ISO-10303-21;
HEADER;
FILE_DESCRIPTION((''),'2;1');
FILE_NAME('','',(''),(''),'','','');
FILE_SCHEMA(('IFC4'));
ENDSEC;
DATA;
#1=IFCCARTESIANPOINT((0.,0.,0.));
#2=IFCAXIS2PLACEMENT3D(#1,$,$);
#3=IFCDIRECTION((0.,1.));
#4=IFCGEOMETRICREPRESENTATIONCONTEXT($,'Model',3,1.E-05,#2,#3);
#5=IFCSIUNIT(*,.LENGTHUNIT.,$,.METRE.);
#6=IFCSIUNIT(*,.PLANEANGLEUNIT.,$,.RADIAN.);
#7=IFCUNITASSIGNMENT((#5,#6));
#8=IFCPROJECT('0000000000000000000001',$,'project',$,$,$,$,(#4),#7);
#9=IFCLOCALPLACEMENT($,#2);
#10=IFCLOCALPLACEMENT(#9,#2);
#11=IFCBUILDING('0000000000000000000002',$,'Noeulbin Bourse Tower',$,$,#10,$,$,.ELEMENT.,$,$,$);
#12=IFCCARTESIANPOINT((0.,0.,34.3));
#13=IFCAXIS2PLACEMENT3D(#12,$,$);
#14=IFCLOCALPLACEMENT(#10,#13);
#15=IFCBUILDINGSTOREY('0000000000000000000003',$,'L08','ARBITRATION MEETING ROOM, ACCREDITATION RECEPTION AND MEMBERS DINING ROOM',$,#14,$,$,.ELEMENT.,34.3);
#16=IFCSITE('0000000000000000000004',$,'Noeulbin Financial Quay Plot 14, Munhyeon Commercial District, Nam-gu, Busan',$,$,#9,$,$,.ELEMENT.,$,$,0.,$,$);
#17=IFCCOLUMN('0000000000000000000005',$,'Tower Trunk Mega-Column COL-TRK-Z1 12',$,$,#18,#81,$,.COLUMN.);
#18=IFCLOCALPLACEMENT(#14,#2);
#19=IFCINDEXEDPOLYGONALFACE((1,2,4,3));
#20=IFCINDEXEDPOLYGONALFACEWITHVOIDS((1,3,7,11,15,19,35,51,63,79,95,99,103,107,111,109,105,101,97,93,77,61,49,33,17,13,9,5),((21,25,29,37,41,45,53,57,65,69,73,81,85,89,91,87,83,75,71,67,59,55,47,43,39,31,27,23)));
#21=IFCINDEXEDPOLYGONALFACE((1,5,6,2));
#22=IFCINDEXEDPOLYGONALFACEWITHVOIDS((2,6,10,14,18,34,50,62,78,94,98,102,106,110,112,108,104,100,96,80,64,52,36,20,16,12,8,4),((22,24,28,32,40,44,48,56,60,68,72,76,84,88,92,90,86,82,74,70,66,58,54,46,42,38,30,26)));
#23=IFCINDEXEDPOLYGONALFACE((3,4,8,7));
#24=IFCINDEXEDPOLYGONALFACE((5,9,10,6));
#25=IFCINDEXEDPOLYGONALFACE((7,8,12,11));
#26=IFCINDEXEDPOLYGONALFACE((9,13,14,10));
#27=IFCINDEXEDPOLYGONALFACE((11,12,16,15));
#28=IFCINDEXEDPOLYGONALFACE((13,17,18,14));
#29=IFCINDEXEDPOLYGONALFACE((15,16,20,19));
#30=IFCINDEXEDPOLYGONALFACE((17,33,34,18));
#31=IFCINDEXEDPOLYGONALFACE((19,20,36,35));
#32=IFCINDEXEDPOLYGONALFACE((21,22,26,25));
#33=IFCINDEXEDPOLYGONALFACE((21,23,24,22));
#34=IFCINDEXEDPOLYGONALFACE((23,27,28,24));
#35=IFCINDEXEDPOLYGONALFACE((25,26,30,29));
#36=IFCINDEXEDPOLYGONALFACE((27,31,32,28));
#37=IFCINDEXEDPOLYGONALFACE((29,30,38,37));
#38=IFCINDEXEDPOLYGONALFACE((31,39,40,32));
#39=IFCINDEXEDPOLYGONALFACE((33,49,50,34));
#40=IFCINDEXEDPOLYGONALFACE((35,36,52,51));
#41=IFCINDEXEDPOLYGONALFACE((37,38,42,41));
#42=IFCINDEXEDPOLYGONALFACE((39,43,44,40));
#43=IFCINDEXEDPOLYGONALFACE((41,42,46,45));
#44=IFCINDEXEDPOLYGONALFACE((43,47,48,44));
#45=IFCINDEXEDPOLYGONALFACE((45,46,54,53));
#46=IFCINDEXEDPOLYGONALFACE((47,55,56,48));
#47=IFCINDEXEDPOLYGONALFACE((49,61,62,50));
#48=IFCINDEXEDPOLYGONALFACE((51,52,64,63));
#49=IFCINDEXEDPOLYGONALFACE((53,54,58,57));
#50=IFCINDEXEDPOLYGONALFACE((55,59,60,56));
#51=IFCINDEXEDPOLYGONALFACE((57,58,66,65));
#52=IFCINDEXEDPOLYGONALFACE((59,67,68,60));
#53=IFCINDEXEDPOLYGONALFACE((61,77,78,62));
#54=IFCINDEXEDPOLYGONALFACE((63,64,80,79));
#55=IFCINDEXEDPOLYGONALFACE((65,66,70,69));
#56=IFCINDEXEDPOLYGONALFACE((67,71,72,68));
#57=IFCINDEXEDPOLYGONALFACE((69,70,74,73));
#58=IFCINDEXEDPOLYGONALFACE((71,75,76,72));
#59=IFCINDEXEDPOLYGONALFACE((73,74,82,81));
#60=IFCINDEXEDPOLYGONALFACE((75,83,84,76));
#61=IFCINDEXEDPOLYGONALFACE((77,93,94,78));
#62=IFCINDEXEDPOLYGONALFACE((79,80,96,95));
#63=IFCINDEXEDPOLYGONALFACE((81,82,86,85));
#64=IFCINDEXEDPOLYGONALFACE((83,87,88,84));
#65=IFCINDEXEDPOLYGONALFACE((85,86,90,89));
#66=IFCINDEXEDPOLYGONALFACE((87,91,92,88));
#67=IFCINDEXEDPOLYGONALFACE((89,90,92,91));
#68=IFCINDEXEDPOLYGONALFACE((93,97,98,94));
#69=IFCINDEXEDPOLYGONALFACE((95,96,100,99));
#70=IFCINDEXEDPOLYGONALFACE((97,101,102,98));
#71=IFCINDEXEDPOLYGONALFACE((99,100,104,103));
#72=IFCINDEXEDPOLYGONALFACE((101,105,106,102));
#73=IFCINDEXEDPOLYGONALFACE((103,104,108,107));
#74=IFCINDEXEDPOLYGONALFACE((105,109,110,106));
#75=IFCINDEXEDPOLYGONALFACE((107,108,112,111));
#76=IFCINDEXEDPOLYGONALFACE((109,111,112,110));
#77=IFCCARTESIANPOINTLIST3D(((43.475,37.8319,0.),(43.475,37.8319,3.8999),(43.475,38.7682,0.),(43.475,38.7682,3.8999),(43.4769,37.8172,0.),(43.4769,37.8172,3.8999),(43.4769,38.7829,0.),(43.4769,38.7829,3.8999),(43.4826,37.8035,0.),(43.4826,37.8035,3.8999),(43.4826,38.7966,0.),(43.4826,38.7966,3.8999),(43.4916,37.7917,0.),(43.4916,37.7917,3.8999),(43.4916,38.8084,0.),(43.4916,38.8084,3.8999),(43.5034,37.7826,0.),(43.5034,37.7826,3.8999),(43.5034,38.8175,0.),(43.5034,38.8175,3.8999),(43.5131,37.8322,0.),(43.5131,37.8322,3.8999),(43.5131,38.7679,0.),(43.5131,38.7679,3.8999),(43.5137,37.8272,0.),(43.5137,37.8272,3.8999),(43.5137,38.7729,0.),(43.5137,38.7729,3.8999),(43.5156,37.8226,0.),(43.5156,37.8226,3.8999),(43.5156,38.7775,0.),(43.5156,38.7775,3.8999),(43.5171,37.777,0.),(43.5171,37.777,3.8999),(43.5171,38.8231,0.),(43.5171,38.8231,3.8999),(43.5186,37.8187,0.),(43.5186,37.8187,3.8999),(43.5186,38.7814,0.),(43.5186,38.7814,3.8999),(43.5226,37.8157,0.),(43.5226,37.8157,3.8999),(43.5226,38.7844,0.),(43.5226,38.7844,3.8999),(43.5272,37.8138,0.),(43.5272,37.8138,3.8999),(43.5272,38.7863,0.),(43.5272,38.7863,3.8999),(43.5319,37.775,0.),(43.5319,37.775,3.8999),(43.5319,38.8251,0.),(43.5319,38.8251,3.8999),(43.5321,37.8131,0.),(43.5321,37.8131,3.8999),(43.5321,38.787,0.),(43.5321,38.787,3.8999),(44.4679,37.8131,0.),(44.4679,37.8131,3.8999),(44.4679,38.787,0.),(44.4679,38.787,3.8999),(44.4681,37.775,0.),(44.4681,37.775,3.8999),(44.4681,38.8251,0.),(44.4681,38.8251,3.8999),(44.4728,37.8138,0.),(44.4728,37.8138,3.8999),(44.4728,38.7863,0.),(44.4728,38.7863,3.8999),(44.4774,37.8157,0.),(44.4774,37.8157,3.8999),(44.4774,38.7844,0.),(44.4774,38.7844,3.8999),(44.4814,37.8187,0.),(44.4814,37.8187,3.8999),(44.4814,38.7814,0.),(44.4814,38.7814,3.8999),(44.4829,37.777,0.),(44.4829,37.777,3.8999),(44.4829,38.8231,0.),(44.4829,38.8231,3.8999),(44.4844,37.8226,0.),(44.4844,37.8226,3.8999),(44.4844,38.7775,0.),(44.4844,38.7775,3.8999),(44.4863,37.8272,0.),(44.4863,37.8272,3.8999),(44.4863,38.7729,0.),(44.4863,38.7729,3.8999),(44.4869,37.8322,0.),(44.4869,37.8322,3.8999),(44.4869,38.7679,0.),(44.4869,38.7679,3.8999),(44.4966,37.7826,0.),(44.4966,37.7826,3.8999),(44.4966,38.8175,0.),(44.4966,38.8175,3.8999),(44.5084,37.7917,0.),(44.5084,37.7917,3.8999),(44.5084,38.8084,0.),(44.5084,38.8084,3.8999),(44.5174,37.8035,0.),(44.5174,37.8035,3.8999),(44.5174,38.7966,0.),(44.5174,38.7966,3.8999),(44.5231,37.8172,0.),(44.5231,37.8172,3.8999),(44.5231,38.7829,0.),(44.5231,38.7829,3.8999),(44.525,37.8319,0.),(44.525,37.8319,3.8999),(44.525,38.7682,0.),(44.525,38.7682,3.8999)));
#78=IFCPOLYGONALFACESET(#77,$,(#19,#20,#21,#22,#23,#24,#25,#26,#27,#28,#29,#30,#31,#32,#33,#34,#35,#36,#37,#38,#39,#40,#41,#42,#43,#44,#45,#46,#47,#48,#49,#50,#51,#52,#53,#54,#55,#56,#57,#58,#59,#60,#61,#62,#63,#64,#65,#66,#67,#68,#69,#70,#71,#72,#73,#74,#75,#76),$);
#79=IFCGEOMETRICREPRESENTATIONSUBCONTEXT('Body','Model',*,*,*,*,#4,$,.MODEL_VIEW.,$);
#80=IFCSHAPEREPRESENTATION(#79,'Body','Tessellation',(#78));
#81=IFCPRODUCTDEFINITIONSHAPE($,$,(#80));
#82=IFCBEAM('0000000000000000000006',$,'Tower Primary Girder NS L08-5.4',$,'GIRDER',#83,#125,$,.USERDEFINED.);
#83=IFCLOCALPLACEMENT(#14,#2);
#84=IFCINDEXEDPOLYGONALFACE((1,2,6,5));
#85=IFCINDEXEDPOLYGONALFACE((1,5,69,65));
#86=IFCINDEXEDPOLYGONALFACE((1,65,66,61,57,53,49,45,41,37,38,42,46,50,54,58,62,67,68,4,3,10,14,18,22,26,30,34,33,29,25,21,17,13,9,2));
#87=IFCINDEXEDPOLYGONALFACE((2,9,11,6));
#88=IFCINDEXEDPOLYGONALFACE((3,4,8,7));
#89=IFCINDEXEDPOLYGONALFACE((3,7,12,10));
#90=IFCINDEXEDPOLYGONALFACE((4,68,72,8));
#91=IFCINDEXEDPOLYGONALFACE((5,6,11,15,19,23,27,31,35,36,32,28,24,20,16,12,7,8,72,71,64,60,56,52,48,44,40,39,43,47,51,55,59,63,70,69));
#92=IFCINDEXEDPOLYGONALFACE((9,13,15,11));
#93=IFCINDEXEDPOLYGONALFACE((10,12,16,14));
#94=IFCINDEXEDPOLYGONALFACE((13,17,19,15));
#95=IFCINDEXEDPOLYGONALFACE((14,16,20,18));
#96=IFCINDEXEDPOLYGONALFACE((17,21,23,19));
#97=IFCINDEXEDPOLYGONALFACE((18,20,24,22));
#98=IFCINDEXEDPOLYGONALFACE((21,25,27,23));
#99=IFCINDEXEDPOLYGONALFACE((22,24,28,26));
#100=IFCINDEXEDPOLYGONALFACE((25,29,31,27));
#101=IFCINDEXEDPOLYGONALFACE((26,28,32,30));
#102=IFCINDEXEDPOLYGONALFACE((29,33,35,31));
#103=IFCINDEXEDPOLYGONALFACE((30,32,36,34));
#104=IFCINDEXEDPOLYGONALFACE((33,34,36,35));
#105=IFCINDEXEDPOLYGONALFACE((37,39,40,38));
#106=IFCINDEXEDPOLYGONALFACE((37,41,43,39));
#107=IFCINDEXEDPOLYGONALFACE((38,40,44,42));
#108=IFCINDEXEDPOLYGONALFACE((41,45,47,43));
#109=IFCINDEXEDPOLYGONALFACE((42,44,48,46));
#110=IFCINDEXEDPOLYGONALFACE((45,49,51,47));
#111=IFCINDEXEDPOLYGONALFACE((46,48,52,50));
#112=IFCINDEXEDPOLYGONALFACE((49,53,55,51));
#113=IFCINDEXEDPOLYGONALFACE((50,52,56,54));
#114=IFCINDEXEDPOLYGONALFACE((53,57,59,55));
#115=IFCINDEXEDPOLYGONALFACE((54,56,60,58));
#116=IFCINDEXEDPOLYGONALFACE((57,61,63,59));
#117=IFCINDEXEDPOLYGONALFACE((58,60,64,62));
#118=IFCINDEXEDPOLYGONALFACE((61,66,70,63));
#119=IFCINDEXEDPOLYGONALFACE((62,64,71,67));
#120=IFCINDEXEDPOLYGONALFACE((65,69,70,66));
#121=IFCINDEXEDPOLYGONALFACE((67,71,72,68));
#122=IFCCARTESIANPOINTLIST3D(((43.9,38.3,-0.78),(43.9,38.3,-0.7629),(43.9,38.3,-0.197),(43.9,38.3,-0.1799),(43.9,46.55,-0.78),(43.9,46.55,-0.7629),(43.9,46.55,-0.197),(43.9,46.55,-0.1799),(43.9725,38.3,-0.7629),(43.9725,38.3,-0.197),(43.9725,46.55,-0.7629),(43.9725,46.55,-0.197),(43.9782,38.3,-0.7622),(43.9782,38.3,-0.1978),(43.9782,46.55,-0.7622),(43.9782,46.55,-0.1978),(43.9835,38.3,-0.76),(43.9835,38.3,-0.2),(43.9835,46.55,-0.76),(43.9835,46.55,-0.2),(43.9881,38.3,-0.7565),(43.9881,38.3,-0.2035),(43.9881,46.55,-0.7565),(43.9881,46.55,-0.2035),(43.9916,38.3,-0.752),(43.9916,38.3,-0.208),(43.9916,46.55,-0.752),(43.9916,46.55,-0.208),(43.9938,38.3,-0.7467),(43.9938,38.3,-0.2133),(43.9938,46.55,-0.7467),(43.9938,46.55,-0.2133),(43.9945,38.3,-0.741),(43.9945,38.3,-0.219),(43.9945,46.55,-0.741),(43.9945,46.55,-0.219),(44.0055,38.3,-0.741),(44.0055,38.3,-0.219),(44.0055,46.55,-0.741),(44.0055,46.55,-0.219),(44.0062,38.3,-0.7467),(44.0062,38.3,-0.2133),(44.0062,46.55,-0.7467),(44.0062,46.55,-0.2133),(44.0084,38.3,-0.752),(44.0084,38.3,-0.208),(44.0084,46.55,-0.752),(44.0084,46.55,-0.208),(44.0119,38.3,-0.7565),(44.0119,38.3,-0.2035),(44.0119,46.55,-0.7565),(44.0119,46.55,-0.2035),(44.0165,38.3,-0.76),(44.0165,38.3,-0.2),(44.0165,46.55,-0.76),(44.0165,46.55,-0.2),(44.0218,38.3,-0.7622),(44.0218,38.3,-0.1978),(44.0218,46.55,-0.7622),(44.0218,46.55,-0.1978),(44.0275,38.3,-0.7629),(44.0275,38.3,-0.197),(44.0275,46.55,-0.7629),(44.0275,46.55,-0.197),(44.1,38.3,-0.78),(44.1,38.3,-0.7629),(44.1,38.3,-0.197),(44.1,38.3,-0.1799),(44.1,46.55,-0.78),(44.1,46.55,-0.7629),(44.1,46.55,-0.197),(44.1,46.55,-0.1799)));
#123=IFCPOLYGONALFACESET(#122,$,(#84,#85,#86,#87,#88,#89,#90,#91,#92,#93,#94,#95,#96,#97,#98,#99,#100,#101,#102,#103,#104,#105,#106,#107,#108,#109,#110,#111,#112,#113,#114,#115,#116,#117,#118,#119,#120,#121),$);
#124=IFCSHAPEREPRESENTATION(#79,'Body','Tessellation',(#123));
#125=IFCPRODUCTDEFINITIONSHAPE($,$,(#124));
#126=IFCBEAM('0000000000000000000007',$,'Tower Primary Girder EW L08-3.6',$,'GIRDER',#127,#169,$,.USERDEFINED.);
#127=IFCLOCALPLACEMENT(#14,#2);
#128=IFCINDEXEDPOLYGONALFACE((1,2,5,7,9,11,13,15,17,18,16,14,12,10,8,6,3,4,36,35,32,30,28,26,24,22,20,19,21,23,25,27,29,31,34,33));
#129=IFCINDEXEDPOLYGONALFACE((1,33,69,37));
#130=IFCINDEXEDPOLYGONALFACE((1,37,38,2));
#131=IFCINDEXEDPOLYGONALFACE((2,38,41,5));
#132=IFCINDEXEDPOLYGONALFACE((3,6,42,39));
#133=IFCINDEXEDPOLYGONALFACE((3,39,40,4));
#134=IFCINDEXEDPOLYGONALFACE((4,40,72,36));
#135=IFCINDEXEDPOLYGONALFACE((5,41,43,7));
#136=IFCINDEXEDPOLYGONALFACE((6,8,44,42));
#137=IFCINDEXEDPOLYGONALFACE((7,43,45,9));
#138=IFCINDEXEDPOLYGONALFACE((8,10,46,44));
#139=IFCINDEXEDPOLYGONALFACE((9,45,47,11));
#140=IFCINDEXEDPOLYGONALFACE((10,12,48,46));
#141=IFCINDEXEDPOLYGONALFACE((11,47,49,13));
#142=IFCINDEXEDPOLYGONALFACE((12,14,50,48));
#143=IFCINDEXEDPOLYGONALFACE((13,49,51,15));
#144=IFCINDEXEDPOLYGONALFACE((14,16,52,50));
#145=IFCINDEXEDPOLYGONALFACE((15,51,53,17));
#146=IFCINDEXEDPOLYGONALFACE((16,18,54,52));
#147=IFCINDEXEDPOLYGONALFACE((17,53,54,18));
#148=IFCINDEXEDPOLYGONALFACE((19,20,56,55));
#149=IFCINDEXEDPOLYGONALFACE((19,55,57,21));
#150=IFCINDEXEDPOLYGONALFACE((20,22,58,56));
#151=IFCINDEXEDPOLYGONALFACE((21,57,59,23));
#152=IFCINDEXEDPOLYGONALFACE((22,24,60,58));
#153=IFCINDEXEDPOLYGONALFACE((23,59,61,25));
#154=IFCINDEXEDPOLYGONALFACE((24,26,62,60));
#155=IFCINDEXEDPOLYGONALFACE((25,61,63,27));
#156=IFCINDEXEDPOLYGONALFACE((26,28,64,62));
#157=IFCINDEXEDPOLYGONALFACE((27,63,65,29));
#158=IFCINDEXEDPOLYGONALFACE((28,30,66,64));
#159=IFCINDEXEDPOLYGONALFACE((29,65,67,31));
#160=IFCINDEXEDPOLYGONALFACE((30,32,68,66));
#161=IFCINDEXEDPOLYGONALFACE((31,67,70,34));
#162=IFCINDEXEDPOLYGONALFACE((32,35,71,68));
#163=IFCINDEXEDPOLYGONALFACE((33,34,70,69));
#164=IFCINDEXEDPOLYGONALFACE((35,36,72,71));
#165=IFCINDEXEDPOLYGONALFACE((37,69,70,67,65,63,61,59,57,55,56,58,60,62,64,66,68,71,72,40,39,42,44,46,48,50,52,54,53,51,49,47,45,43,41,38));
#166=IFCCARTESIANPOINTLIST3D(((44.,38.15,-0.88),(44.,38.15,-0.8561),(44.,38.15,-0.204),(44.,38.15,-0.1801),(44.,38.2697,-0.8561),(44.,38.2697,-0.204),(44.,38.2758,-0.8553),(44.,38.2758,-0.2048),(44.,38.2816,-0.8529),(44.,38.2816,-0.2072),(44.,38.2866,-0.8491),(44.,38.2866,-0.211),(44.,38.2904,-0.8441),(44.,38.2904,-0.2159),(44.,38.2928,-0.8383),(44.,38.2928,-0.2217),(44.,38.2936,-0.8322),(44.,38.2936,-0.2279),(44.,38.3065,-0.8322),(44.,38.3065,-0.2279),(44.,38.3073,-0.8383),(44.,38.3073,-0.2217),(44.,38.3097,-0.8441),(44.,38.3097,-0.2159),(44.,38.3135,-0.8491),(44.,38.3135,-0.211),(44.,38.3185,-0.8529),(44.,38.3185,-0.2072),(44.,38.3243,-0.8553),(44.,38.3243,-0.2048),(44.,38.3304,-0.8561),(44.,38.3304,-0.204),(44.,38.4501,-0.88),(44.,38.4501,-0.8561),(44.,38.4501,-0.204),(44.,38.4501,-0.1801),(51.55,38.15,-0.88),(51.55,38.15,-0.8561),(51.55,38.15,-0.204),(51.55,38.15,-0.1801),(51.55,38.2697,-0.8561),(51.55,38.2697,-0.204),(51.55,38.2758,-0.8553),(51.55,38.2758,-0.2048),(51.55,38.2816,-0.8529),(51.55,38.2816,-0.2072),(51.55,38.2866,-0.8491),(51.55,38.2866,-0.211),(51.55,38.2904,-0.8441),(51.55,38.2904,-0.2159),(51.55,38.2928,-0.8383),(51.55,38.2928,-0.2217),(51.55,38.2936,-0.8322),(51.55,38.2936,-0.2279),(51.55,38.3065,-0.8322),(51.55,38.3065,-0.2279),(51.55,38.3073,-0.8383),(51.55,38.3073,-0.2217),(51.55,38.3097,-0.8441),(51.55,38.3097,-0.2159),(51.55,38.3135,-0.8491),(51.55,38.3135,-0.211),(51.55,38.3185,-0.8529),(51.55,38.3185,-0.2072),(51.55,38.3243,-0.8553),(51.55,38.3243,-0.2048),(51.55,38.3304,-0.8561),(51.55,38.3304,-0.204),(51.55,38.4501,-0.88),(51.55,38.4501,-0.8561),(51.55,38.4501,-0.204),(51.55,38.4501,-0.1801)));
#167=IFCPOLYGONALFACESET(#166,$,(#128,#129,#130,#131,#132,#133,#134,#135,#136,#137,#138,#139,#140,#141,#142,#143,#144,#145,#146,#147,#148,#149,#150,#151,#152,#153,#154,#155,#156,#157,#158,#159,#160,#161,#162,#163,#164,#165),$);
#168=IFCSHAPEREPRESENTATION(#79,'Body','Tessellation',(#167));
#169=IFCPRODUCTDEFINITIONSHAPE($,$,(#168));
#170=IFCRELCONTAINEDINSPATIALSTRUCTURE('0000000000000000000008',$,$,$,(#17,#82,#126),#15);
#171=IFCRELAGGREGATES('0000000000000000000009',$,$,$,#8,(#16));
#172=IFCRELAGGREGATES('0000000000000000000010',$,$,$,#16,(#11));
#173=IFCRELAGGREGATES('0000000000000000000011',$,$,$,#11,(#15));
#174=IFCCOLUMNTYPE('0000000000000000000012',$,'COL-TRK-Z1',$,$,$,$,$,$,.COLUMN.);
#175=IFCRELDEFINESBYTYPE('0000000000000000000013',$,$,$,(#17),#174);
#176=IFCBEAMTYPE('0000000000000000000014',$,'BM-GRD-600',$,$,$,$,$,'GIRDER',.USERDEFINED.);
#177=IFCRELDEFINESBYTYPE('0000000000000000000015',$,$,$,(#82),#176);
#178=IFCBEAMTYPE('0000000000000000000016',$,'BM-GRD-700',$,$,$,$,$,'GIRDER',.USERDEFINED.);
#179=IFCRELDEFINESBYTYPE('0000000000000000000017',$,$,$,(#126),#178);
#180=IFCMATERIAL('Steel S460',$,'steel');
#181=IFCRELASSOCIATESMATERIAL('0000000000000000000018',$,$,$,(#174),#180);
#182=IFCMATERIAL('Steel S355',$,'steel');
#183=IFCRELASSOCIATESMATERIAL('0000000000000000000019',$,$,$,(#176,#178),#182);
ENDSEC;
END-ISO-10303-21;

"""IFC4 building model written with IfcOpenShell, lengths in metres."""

from ifc_helpers import new_model, si_unit, direction, frame, origin, origin_2d, place, context, subcontext, project, spatial, hollow_rectangle, i_section, extrude, material, material_profile, profile_set, type_object, element, save


model = new_model("IFC4")

# Units and contexts
model_context = context("Model", 3, precision=1e-05, world=origin(), true_north=direction((0.0, 1.0)))
body_context = subcontext(model_context, "Body", "Model", "MODEL_VIEW")
ifc_project = project(units=[si_unit("LENGTHUNIT", "METRE"), si_unit("PLANEANGLEUNIT", "RADIAN")], contexts=[model_context])

# Site, building, storey
site_placement = place(None, origin())
site = spatial("IfcSite", under=ifc_project, at=site_placement, Name="Noeulbin Financial Quay Plot 14, Munhyeon Commercial District, Nam-gu, Busan", CompositionType="ELEMENT", RefElevation=0.0)
building_placement = place(site_placement, origin())
building = spatial("IfcBuilding", under=site, at=building_placement, Name="Noeulbin Bourse Tower", CompositionType="ELEMENT")
storey_placement = place(building_placement, frame((0.0, 0.0, 34.3)))
storey = spatial("IfcBuildingStorey", under=building, at=storey_placement, Name="L08", Description="ARBITRATION MEETING ROOM, ACCREDITATION RECEPTION AND MEMBERS DINING ROOM", CompositionType="ELEMENT", Elevation=34.3)

# Column
ifc_material_1 = material(Name="Steel S460", Category="steel")
ifc_material_profile_1 = material_profile(ifc_material_1, hollow_rectangle(XDim=1.05, YDim=1.05, WallThickness=0.0381, InnerFilletRadius=0.019, OuterFilletRadius=0.0569, at=origin_2d()), Name="BOX-1050x1050x38", Category="LoadBearing")
ifc_profile_set_1 = profile_set([ifc_material_profile_1], Name="Steel S460")
column_type_1 = type_object("IfcColumnType", Name="COL-TRK-Z1", PredefinedType="COLUMN", material=ifc_profile_set_1)
column_placement = place(storey_placement, frame((44.0, 38.3, 0.0), z_axis=(0.0, 0.0, 1.0), x_axis=(1.0, 0.0, 0.0)))
element("IfcColumn", 1, at=column_placement, inside=storey, type_object=column_type_1, Name="Tower Trunk Mega-Column COL-TRK-Z1 12", PredefinedType="COLUMN", context=body_context, shape_type="SweptSolid", body=[
    extrude(hollow_rectangle(XDim=1.05, YDim=1.05, WallThickness=0.0381, InnerFilletRadius=0.019, OuterFilletRadius=0.0569, at=origin_2d()), origin(), (0.0, 0.0, 1.0), 3.8999),
])

# Beams
ifc_material_2 = material(Name="Steel S355", Category="steel")
ifc_material_profile_2 = material_profile(ifc_material_2, i_section(OverallWidth=0.2, OverallDepth=0.6001, WebThickness=0.011, FlangeThickness=0.0171, FilletRadius=0.022, at=origin_2d()), Name="H-600x200x11x17", Category="LoadBearing")
ifc_profile_set_2 = profile_set([ifc_material_profile_2], Name="Steel S355")
beam_type_1 = type_object("IfcBeamType", Name="BM-GRD-600", ElementType="GIRDER", PredefinedType="USERDEFINED", material=ifc_profile_set_2)
beam_1_placement = place(storey_placement, frame((44.0, 38.3, -0.48), z_axis=(0.0, 1.0, 0.0), x_axis=(-1.0, 0.0, 0.0)))
element("IfcBeam", 2, at=beam_1_placement, inside=storey, type_object=beam_type_1, Name="Tower Primary Girder NS L08-5.4", ObjectType="GIRDER", PredefinedType="USERDEFINED", context=body_context, shape_type="SweptSolid", body=[
    extrude(i_section(OverallWidth=0.2, OverallDepth=0.6001, WebThickness=0.011, FlangeThickness=0.0171, FilletRadius=0.022, at=origin_2d()), origin(), (0.0, 0.0, 1.0), 8.25),
])
ifc_material_profile_3 = material_profile(ifc_material_2, i_section(OverallWidth=0.3, OverallDepth=0.7, WebThickness=0.0129, FlangeThickness=0.0239, FilletRadius=0.0239, at=origin_2d()), Name="H-700x300x13x24", Category="LoadBearing")
ifc_profile_set_3 = profile_set([ifc_material_profile_3], Name="Steel S355")
beam_type_2 = type_object("IfcBeamType", Name="BM-GRD-700", ElementType="GIRDER", PredefinedType="USERDEFINED", material=ifc_profile_set_3)
beam_2_placement = place(storey_placement, frame((44.0, 38.3, -0.53), z_axis=(1.0, 0.0, 0.0), x_axis=(0.0, 1.0, 0.0)))
element("IfcBeam", 3, at=beam_2_placement, inside=storey, type_object=beam_type_2, Name="Tower Primary Girder EW L08-3.6", ObjectType="GIRDER", PredefinedType="USERDEFINED", context=body_context, shape_type="SweptSolid", body=[
    extrude(i_section(OverallWidth=0.3, OverallDepth=0.7, WebThickness=0.0129, FlangeThickness=0.0239, FilletRadius=0.0239, at=origin_2d()), origin(), (0.0, 0.0, 1.0), 7.55),
])

save(model, "model.ifc")
